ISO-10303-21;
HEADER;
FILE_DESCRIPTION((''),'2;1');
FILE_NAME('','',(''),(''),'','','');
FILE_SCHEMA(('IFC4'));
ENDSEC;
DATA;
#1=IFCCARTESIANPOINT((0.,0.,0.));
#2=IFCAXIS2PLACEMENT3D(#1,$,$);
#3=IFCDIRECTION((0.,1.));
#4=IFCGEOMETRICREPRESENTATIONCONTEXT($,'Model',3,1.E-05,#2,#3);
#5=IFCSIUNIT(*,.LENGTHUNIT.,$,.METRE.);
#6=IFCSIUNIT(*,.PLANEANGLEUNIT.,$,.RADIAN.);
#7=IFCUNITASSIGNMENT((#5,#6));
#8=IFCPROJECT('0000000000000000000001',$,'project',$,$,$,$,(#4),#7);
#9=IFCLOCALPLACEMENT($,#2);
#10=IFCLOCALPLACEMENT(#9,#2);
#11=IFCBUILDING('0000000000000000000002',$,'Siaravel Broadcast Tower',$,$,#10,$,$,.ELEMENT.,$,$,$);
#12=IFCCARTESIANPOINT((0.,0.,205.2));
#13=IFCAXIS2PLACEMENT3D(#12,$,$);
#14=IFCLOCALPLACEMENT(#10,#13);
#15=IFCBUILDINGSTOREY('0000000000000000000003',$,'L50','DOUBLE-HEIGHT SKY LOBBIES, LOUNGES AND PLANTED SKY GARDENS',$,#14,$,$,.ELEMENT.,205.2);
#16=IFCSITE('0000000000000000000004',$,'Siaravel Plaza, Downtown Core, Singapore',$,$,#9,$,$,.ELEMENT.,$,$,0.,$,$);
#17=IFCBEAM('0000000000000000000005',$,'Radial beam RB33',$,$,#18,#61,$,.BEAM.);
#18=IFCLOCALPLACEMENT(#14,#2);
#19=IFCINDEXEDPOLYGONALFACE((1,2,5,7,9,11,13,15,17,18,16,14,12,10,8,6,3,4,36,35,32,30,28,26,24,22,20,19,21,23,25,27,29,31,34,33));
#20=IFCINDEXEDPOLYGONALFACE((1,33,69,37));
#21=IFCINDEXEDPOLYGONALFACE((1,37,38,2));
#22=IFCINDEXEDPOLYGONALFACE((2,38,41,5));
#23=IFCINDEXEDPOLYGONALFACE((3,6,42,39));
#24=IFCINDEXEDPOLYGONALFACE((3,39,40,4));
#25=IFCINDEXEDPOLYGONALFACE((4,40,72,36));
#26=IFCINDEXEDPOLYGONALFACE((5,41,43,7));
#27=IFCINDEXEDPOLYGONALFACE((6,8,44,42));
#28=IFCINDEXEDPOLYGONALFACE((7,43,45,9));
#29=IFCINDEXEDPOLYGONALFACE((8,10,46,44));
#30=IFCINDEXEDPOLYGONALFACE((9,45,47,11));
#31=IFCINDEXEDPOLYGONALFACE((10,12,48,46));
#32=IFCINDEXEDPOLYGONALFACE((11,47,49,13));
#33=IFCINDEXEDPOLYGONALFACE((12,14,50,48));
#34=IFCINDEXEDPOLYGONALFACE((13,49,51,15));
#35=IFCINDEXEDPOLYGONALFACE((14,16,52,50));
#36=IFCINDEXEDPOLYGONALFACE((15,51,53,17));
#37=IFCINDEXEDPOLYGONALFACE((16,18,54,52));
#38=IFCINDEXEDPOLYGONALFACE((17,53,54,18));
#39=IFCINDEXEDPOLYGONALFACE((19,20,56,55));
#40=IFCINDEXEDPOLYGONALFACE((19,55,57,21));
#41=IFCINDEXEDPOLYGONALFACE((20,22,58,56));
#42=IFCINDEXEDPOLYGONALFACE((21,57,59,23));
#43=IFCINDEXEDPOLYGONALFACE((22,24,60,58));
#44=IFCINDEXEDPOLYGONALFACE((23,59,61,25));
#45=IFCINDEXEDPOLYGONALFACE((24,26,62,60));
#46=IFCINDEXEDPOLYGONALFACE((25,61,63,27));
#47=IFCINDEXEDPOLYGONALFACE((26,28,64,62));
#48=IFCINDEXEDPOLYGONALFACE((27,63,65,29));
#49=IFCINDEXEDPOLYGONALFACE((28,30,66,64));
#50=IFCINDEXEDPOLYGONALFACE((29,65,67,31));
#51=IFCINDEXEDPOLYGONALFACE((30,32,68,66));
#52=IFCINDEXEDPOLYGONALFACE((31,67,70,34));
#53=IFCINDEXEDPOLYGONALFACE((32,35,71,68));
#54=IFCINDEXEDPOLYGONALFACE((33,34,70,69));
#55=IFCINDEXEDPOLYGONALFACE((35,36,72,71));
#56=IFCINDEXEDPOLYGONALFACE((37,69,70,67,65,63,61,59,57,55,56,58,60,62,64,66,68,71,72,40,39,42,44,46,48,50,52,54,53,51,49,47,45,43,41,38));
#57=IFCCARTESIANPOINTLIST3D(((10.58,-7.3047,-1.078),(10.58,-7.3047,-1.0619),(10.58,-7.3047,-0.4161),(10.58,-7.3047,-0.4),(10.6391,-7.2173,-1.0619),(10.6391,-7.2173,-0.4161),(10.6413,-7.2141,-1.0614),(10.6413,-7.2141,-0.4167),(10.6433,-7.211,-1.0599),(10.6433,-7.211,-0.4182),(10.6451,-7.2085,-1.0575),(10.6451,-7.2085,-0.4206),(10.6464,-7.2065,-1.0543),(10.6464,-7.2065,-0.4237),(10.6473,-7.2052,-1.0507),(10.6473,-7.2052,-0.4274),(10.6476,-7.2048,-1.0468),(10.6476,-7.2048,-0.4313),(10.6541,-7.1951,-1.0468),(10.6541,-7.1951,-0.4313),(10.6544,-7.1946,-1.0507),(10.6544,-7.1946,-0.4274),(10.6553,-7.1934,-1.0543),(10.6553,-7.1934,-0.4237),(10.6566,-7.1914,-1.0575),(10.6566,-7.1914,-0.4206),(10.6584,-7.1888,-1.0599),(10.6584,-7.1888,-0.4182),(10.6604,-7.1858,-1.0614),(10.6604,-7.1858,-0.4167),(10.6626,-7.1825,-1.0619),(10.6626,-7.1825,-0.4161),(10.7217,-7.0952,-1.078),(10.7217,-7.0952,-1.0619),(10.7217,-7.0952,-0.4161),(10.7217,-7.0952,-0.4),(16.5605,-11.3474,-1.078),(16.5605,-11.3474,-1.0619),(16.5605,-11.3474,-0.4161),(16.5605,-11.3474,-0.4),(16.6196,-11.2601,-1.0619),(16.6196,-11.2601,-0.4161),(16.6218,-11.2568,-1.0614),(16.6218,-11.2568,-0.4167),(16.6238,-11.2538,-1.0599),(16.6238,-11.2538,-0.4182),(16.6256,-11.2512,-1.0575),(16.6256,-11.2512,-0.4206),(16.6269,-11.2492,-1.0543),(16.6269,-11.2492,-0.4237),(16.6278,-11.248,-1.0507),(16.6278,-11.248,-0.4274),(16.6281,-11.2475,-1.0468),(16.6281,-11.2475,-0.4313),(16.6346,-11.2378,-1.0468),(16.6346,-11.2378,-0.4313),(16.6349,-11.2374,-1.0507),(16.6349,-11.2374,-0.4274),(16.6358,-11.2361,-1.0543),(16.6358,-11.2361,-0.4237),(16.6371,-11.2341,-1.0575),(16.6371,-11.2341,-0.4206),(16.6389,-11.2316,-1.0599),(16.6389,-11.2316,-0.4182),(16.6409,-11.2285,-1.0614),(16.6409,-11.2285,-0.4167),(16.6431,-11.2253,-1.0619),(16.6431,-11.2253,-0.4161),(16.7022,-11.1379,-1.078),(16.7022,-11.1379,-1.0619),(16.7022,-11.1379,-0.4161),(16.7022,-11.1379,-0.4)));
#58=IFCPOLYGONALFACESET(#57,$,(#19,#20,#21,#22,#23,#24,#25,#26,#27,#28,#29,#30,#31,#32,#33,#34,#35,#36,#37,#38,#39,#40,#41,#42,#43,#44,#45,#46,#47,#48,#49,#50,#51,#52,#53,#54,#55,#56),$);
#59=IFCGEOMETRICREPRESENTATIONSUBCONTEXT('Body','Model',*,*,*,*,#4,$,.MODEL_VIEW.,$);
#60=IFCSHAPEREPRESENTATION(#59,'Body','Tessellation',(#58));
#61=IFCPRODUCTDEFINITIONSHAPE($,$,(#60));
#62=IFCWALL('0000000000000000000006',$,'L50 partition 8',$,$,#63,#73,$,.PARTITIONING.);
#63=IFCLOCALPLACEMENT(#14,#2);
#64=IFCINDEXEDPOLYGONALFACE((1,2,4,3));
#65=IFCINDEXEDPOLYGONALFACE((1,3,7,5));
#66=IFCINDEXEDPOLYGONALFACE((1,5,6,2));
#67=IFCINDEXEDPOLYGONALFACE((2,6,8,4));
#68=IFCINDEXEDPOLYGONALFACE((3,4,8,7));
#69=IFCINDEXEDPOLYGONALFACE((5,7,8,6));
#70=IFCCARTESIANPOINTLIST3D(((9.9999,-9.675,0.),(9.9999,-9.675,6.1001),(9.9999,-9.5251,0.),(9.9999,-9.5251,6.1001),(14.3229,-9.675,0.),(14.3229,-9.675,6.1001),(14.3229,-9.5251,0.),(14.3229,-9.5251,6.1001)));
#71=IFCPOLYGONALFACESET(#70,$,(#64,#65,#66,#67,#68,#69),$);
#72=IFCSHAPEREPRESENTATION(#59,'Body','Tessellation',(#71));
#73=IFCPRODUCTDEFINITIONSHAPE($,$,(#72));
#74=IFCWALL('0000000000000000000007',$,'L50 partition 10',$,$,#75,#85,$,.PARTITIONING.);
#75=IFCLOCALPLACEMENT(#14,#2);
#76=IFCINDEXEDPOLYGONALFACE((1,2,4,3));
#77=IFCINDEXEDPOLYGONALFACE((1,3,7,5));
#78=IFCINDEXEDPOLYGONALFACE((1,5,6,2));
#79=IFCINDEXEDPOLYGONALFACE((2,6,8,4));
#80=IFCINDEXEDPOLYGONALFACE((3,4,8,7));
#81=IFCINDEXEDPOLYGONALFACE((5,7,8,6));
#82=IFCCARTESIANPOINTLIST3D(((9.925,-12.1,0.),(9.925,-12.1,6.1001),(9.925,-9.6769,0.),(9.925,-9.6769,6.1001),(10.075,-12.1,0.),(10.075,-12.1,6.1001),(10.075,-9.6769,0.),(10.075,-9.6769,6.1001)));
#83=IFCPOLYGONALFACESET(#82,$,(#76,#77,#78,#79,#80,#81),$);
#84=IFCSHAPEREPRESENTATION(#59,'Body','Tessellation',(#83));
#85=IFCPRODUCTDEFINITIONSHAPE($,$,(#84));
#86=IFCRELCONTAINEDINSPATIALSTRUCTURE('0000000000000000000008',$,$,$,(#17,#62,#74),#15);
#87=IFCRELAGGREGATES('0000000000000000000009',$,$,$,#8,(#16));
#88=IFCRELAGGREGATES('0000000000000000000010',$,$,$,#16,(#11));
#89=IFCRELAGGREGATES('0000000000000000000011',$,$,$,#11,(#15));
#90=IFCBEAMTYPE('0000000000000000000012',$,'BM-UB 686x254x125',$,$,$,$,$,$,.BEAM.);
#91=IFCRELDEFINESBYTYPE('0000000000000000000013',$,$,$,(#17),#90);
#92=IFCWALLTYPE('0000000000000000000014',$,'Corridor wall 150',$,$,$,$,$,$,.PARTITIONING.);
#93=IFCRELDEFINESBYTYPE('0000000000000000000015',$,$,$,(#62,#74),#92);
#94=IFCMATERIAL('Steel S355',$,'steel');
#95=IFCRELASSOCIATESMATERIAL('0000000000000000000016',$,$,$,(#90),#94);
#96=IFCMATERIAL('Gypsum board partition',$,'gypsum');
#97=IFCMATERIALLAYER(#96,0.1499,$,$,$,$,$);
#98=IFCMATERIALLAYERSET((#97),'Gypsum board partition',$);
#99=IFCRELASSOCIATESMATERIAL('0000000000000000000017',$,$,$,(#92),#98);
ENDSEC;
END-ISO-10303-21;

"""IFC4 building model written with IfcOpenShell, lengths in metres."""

from ifc_helpers import new_model, si_unit, direction, frame, frame_2d, origin, origin_2d, place, context, subcontext, project, spatial, rectangle, i_section, extrude, material, layer, layer_set, material_profile, profile_set, type_object, element, save


model = new_model("IFC4")

# Units and contexts
model_context = context("Model", 3, precision=1e-05, world=origin(), true_north=direction((0.0, 1.0)))
body_context = subcontext(model_context, "Body", "Model", "MODEL_VIEW")
ifc_project = project(units=[si_unit("LENGTHUNIT", "METRE"), si_unit("PLANEANGLEUNIT", "RADIAN")], contexts=[model_context])

# Site, building, storey
site_placement = place(None, origin())
site = spatial("IfcSite", under=ifc_project, at=site_placement, Name="Siaravel Plaza, Downtown Core, Singapore", CompositionType="ELEMENT", RefElevation=0.0)
building_placement = place(site_placement, origin())
building = spatial("IfcBuilding", under=site, at=building_placement, Name="Siaravel Broadcast Tower", CompositionType="ELEMENT")
storey_placement = place(building_placement, frame((0.0, 0.0, 205.2)))
storey = spatial("IfcBuildingStorey", under=building, at=storey_placement, Name="L50", Description="DOUBLE-HEIGHT SKY LOBBIES, LOUNGES AND PLANTED SKY GARDENS", CompositionType="ELEMENT", Elevation=205.2)

# Beam
ifc_material_1 = material(Name="Steel S355", Category="steel")
ifc_material_profile_1 = material_profile(ifc_material_1, i_section(OverallWidth=0.2529, OverallDepth=0.678, WebThickness=0.0117, FlangeThickness=0.0161, FilletRadius=0.0151, at=origin_2d()))
ifc_profile_set_1 = profile_set([ifc_material_profile_1], Name="Steel S355")
beam_type = type_object("IfcBeamType", Name="BM-UB 686x254x125", PredefinedType="BEAM", material=ifc_profile_set_1)
beam_1_placement = place(storey_placement, frame((16.6313, -11.2427, -0.739), z_axis=(-0.828469, 0.560035, 0.0), x_axis=(-0.560035, -0.828469, 0.0)))
element("IfcBeam", 1, at=beam_1_placement, inside=storey, type_object=beam_type, Name="Radial beam RB33", PredefinedType="BEAM", context=body_context, shape_type="SweptSolid", body=[
    extrude(i_section(OverallWidth=0.2529, OverallDepth=0.678, WebThickness=0.0117, FlangeThickness=0.0161, FilletRadius=0.0151, at=origin_2d()), origin(), (0.0, 0.0, 1.0), 7.2188),
])

# Walls
ifc_material_2 = material(Name="Gypsum board partition", Category="gypsum")
ifc_layer_1 = layer(ifc_material_2, 0.1499)
ifc_layer_set_1 = layer_set([ifc_layer_1], Name="Gypsum board partition")
wall_type_1 = type_object("IfcWallType", Name="Corridor wall 150", PredefinedType="PARTITIONING", material=ifc_layer_set_1)
wall_1_placement = place(storey_placement, frame((14.323, -9.6001, 0.0), z_axis=(0.0, 0.0, 1.0), x_axis=(-1.0, 0.0, 0.0)))
element("IfcWall", 2, at=wall_1_placement, inside=storey, type_object=wall_type_1, Name="L50 partition 8", PredefinedType="PARTITIONING", context=body_context, shape_type="SweptSolid", body=[
    extrude(rectangle(XDim=4.323, YDim=0.1499, at=frame_2d((2.1616, 0.0))), origin(), (0.0, 0.0, 1.0), 6.1001),
])
wall_2_placement = place(storey_placement, frame((10.0, -9.677, 0.0), z_axis=(0.0, 0.0, 1.0), x_axis=(0.0, -1.0, 0.0)))
element("IfcWall", 3, at=wall_2_placement, inside=storey, type_object=wall_type_1, Name="L50 partition 10", PredefinedType="PARTITIONING", context=body_context, shape_type="SweptSolid", body=[
    extrude(rectangle(XDim=2.4231, YDim=0.1499, at=frame_2d((1.2114, 0.0))), origin(), (0.0, 0.0, 1.0), 6.1001),
])

save(model, "model.ifc")
